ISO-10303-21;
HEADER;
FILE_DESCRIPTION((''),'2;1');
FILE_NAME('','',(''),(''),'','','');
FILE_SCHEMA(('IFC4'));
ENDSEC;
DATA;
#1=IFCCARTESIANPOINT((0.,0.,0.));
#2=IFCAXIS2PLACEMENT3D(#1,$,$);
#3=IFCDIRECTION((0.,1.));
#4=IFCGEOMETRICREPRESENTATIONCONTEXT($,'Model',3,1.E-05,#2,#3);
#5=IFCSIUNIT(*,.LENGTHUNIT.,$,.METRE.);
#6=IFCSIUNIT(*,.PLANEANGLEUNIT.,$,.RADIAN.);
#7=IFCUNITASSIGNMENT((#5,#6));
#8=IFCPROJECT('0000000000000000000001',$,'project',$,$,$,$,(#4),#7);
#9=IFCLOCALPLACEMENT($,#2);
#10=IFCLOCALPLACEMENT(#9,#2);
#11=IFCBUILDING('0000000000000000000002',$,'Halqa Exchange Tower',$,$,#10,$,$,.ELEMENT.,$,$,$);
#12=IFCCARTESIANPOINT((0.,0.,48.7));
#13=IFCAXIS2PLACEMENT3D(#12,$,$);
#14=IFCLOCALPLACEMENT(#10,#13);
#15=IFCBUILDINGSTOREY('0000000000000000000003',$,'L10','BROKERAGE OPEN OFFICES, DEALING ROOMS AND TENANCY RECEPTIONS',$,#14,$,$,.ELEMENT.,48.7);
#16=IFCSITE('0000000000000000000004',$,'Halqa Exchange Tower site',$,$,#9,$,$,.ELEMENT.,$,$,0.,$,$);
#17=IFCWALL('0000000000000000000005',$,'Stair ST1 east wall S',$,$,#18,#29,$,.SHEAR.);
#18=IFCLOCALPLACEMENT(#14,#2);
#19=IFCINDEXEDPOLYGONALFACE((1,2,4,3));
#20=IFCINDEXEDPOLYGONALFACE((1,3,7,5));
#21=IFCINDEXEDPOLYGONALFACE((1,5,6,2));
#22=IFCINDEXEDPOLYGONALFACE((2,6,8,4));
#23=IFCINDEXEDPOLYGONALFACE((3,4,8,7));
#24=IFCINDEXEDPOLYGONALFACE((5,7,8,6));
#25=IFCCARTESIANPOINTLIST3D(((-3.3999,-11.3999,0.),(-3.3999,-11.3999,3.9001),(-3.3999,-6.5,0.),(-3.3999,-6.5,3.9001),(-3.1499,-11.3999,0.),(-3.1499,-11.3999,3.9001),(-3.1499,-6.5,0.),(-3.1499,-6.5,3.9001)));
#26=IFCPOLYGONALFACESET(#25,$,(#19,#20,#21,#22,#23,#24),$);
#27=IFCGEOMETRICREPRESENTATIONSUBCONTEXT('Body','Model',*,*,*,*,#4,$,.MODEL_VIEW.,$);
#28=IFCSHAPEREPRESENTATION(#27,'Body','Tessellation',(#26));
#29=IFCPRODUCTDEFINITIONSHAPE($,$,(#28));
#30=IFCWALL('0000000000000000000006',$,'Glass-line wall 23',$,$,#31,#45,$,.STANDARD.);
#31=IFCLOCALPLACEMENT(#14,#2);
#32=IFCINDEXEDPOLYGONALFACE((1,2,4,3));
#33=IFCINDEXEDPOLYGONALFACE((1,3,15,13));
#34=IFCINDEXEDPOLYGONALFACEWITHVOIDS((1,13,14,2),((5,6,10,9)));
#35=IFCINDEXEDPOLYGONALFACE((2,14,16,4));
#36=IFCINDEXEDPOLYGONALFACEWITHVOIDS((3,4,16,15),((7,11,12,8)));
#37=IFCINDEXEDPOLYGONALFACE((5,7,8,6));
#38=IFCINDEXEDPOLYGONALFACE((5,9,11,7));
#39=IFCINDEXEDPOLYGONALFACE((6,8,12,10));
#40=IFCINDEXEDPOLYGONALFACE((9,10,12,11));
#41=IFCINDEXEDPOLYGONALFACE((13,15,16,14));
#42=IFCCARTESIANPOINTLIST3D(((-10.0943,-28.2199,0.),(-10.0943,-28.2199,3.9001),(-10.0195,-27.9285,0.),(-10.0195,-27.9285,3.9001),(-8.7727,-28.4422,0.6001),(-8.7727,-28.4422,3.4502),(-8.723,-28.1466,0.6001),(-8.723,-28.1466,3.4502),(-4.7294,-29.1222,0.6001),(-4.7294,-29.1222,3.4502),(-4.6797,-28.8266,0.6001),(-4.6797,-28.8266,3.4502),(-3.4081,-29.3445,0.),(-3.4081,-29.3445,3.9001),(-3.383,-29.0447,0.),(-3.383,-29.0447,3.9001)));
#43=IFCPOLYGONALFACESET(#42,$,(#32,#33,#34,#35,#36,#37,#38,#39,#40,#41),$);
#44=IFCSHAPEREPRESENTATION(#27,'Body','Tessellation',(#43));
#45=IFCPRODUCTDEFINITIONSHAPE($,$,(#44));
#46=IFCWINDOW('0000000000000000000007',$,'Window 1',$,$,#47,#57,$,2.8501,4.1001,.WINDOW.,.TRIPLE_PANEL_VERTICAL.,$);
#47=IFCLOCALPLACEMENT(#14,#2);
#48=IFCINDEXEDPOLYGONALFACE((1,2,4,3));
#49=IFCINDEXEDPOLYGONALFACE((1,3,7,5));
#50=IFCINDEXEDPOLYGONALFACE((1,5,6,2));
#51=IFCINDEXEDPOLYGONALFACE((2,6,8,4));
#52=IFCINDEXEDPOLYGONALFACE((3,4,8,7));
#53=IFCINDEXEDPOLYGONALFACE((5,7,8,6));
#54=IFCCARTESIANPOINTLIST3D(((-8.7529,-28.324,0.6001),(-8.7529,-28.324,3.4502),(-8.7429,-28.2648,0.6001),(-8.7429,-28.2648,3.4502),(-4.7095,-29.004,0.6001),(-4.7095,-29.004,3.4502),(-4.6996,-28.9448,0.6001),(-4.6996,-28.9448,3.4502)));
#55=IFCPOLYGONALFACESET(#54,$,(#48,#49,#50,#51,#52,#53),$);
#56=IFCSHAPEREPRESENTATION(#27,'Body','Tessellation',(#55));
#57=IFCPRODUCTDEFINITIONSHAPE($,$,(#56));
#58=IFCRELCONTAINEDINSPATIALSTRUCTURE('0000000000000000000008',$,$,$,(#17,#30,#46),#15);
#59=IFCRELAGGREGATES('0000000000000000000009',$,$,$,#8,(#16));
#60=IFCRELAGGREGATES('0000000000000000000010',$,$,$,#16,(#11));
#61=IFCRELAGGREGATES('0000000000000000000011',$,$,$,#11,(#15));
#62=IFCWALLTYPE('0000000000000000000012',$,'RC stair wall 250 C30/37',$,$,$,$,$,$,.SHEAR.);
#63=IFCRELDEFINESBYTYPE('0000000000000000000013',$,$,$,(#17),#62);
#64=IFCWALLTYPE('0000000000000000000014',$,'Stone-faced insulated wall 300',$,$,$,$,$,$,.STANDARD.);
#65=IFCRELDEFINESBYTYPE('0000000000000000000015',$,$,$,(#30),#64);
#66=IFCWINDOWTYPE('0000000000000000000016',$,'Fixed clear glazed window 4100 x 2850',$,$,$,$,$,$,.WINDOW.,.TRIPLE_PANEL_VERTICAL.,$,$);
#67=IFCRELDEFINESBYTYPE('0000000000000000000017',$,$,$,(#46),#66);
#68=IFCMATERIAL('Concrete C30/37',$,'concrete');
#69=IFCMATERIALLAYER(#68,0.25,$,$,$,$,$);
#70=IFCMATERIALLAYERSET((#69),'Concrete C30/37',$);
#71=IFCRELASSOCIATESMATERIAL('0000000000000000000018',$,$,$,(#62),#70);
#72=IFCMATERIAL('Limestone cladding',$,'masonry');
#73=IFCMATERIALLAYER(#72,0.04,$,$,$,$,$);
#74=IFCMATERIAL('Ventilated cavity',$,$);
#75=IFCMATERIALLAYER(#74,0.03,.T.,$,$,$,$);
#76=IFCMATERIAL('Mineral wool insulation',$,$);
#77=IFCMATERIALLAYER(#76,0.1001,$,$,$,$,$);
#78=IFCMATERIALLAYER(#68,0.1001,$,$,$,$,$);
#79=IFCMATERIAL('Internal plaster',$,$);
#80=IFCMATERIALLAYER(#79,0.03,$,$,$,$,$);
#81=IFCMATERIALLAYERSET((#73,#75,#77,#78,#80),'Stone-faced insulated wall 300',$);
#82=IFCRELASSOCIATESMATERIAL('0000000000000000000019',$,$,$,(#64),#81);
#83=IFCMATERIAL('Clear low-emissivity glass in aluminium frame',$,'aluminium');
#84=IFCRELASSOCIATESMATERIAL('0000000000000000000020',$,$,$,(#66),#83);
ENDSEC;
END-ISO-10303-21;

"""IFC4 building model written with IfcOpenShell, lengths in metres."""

from ifc_helpers import new_model, si_unit, direction, frame, frame_2d, origin, place, context, subcontext, project, spatial, polyline, rectangle, outline, extrude, material, layer, layer_set, type_object, element, fill, save


model = new_model("IFC4")

# Units and contexts
model_context = context("Model", 3, precision=1e-05, world=origin(), true_north=direction((0.0, 1.0)))
body_context = subcontext(model_context, "Body", "Model", "MODEL_VIEW")
ifc_project = project(units=[si_unit("LENGTHUNIT", "METRE"), si_unit("PLANEANGLEUNIT", "RADIAN")], contexts=[model_context])

# Site, building, storey
site_placement = place(None, origin())
site = spatial("IfcSite", under=ifc_project, at=site_placement, Name="Halqa Exchange Tower site", CompositionType="ELEMENT", RefElevation=0.0)
building_placement = place(site_placement, origin())
building = spatial("IfcBuilding", under=site, at=building_placement, Name="Halqa Exchange Tower", CompositionType="ELEMENT")
storey_placement = place(building_placement, frame((0.0, 0.0, 48.7)))
storey = spatial("IfcBuildingStorey", under=building, at=storey_placement, Name="L10", Description="BROKERAGE OPEN OFFICES, DEALING ROOMS AND TENANCY RECEPTIONS", CompositionType="ELEMENT", Elevation=48.7)

# Wall
ifc_material_1 = material(Name="Concrete C30/37", Category="concrete")
ifc_layer_1 = layer(ifc_material_1, 0.25)
ifc_layer_set_1 = layer_set([ifc_layer_1], Name="Concrete C30/37")
wall_type_1 = type_object("IfcWallType", Name="RC stair wall 250 C30/37", PredefinedType="SHEAR", material=ifc_layer_set_1)
wall_1_placement = place(storey_placement, frame((-3.2749, -11.3999, 0.0), z_axis=(0.0, 0.0, 1.0), x_axis=(0.0, 1.0, 0.0)))
element("IfcWall", 1, at=wall_1_placement, inside=storey, type_object=wall_type_1, Name="Stair ST1 east wall S", PredefinedType="SHEAR", context=body_context, shape_type="SweptSolid", body=[
    extrude(rectangle(XDim=4.8999, YDim=0.25, at=frame_2d((2.45, 0.0))), origin(), (0.0, 0.0, 1.0), 3.9001),
])

# Wall, opening, window
ifc_material_2 = material(Name="Limestone cladding", Category="masonry")
ifc_layer_2 = layer(ifc_material_2, 0.04)
ifc_material_3 = material(Name="Ventilated cavity")
ifc_layer_3 = layer(ifc_material_3, 0.03, ventilated=True)
ifc_material_4 = material(Name="Mineral wool insulation")
ifc_layer_4 = layer(ifc_material_4, 0.1001)
ifc_layer_5 = layer(ifc_material_1, 0.1001)
ifc_material_5 = material(Name="Internal plaster")
ifc_layer_6 = layer(ifc_material_5, 0.03)
ifc_layer_set_2 = layer_set([ifc_layer_2, ifc_layer_3, ifc_layer_4, ifc_layer_5, ifc_layer_6], Name="Stone-faced insulated wall 300")
wall_type_2 = type_object("IfcWallType", Name="Stone-faced insulated wall 300", PredefinedType="STANDARD", material=ifc_layer_set_2)
wall_2_placement = place(storey_placement, frame((-10.0569, -28.0742, 0.0), z_axis=(0.0, 0.0, 1.0), x_axis=(0.98615, -0.165858, 0.0)))
wall_2 = element("IfcWall", 2, at=wall_2_placement, inside=storey, type_object=wall_type_2, Name="Glass-line wall 23", PredefinedType="STANDARD", context=body_context, shape_type="SweptSolid", body=[
    extrude(outline(polyline([(-0.0127, -0.1499), (6.7673, -0.1499), (6.7424, 0.1499), (0.0127, 0.1499), (-0.0127, -0.1499)])), origin(), (0.0, 0.0, 1.0), 3.9001),
])
opening_1_placement = place(wall_2_placement, frame((1.3274, 0.0, 0.6001)))
opening_1 = element("IfcOpeningElement", 3, at=opening_1_placement, cuts=wall_2, PredefinedType="OPENING", context=body_context, shape_type="SweptSolid", body=[
    extrude(rectangle(XDim=4.1001, YDim=2.8501, at=frame_2d((2.05, 1.425))), frame((0.0, 0.1621, 0.0), z_axis=(0.0, -1.0, 0.0), x_axis=(1.0, 0.0, 0.0)), (0.0, 0.0, 1.0), 0.324),
])
ifc_material_6 = material(Name="Clear low-emissivity glass in aluminium frame", Category="aluminium")
window_type = type_object("IfcWindowType", Name="Fixed clear glazed window 4100 x 2850", PartitioningType="TRIPLE_PANEL_VERTICAL", PredefinedType="WINDOW", material=ifc_material_6)
window_placement = place(opening_1_placement, origin())
window = element("IfcWindow", 4, at=window_placement, inside=storey, type_object=window_type, Name="Window 1", OverallHeight=2.8501, OverallWidth=4.1001, PartitioningType="TRIPLE_PANEL_VERTICAL", PredefinedType="WINDOW", context=body_context, shape_type="SweptSolid", body=[
    extrude(rectangle(XDim=4.1001, YDim=2.8501, at=frame_2d((2.05, 1.425))), frame((0.0, 0.03, 0.0), z_axis=(0.0, -1.0, 0.0), x_axis=(1.0, 0.0, 0.0)), (0.0, 0.0, 1.0), 0.0601),
])
fill(opening_1, window)

save(model, "model.ifc")
